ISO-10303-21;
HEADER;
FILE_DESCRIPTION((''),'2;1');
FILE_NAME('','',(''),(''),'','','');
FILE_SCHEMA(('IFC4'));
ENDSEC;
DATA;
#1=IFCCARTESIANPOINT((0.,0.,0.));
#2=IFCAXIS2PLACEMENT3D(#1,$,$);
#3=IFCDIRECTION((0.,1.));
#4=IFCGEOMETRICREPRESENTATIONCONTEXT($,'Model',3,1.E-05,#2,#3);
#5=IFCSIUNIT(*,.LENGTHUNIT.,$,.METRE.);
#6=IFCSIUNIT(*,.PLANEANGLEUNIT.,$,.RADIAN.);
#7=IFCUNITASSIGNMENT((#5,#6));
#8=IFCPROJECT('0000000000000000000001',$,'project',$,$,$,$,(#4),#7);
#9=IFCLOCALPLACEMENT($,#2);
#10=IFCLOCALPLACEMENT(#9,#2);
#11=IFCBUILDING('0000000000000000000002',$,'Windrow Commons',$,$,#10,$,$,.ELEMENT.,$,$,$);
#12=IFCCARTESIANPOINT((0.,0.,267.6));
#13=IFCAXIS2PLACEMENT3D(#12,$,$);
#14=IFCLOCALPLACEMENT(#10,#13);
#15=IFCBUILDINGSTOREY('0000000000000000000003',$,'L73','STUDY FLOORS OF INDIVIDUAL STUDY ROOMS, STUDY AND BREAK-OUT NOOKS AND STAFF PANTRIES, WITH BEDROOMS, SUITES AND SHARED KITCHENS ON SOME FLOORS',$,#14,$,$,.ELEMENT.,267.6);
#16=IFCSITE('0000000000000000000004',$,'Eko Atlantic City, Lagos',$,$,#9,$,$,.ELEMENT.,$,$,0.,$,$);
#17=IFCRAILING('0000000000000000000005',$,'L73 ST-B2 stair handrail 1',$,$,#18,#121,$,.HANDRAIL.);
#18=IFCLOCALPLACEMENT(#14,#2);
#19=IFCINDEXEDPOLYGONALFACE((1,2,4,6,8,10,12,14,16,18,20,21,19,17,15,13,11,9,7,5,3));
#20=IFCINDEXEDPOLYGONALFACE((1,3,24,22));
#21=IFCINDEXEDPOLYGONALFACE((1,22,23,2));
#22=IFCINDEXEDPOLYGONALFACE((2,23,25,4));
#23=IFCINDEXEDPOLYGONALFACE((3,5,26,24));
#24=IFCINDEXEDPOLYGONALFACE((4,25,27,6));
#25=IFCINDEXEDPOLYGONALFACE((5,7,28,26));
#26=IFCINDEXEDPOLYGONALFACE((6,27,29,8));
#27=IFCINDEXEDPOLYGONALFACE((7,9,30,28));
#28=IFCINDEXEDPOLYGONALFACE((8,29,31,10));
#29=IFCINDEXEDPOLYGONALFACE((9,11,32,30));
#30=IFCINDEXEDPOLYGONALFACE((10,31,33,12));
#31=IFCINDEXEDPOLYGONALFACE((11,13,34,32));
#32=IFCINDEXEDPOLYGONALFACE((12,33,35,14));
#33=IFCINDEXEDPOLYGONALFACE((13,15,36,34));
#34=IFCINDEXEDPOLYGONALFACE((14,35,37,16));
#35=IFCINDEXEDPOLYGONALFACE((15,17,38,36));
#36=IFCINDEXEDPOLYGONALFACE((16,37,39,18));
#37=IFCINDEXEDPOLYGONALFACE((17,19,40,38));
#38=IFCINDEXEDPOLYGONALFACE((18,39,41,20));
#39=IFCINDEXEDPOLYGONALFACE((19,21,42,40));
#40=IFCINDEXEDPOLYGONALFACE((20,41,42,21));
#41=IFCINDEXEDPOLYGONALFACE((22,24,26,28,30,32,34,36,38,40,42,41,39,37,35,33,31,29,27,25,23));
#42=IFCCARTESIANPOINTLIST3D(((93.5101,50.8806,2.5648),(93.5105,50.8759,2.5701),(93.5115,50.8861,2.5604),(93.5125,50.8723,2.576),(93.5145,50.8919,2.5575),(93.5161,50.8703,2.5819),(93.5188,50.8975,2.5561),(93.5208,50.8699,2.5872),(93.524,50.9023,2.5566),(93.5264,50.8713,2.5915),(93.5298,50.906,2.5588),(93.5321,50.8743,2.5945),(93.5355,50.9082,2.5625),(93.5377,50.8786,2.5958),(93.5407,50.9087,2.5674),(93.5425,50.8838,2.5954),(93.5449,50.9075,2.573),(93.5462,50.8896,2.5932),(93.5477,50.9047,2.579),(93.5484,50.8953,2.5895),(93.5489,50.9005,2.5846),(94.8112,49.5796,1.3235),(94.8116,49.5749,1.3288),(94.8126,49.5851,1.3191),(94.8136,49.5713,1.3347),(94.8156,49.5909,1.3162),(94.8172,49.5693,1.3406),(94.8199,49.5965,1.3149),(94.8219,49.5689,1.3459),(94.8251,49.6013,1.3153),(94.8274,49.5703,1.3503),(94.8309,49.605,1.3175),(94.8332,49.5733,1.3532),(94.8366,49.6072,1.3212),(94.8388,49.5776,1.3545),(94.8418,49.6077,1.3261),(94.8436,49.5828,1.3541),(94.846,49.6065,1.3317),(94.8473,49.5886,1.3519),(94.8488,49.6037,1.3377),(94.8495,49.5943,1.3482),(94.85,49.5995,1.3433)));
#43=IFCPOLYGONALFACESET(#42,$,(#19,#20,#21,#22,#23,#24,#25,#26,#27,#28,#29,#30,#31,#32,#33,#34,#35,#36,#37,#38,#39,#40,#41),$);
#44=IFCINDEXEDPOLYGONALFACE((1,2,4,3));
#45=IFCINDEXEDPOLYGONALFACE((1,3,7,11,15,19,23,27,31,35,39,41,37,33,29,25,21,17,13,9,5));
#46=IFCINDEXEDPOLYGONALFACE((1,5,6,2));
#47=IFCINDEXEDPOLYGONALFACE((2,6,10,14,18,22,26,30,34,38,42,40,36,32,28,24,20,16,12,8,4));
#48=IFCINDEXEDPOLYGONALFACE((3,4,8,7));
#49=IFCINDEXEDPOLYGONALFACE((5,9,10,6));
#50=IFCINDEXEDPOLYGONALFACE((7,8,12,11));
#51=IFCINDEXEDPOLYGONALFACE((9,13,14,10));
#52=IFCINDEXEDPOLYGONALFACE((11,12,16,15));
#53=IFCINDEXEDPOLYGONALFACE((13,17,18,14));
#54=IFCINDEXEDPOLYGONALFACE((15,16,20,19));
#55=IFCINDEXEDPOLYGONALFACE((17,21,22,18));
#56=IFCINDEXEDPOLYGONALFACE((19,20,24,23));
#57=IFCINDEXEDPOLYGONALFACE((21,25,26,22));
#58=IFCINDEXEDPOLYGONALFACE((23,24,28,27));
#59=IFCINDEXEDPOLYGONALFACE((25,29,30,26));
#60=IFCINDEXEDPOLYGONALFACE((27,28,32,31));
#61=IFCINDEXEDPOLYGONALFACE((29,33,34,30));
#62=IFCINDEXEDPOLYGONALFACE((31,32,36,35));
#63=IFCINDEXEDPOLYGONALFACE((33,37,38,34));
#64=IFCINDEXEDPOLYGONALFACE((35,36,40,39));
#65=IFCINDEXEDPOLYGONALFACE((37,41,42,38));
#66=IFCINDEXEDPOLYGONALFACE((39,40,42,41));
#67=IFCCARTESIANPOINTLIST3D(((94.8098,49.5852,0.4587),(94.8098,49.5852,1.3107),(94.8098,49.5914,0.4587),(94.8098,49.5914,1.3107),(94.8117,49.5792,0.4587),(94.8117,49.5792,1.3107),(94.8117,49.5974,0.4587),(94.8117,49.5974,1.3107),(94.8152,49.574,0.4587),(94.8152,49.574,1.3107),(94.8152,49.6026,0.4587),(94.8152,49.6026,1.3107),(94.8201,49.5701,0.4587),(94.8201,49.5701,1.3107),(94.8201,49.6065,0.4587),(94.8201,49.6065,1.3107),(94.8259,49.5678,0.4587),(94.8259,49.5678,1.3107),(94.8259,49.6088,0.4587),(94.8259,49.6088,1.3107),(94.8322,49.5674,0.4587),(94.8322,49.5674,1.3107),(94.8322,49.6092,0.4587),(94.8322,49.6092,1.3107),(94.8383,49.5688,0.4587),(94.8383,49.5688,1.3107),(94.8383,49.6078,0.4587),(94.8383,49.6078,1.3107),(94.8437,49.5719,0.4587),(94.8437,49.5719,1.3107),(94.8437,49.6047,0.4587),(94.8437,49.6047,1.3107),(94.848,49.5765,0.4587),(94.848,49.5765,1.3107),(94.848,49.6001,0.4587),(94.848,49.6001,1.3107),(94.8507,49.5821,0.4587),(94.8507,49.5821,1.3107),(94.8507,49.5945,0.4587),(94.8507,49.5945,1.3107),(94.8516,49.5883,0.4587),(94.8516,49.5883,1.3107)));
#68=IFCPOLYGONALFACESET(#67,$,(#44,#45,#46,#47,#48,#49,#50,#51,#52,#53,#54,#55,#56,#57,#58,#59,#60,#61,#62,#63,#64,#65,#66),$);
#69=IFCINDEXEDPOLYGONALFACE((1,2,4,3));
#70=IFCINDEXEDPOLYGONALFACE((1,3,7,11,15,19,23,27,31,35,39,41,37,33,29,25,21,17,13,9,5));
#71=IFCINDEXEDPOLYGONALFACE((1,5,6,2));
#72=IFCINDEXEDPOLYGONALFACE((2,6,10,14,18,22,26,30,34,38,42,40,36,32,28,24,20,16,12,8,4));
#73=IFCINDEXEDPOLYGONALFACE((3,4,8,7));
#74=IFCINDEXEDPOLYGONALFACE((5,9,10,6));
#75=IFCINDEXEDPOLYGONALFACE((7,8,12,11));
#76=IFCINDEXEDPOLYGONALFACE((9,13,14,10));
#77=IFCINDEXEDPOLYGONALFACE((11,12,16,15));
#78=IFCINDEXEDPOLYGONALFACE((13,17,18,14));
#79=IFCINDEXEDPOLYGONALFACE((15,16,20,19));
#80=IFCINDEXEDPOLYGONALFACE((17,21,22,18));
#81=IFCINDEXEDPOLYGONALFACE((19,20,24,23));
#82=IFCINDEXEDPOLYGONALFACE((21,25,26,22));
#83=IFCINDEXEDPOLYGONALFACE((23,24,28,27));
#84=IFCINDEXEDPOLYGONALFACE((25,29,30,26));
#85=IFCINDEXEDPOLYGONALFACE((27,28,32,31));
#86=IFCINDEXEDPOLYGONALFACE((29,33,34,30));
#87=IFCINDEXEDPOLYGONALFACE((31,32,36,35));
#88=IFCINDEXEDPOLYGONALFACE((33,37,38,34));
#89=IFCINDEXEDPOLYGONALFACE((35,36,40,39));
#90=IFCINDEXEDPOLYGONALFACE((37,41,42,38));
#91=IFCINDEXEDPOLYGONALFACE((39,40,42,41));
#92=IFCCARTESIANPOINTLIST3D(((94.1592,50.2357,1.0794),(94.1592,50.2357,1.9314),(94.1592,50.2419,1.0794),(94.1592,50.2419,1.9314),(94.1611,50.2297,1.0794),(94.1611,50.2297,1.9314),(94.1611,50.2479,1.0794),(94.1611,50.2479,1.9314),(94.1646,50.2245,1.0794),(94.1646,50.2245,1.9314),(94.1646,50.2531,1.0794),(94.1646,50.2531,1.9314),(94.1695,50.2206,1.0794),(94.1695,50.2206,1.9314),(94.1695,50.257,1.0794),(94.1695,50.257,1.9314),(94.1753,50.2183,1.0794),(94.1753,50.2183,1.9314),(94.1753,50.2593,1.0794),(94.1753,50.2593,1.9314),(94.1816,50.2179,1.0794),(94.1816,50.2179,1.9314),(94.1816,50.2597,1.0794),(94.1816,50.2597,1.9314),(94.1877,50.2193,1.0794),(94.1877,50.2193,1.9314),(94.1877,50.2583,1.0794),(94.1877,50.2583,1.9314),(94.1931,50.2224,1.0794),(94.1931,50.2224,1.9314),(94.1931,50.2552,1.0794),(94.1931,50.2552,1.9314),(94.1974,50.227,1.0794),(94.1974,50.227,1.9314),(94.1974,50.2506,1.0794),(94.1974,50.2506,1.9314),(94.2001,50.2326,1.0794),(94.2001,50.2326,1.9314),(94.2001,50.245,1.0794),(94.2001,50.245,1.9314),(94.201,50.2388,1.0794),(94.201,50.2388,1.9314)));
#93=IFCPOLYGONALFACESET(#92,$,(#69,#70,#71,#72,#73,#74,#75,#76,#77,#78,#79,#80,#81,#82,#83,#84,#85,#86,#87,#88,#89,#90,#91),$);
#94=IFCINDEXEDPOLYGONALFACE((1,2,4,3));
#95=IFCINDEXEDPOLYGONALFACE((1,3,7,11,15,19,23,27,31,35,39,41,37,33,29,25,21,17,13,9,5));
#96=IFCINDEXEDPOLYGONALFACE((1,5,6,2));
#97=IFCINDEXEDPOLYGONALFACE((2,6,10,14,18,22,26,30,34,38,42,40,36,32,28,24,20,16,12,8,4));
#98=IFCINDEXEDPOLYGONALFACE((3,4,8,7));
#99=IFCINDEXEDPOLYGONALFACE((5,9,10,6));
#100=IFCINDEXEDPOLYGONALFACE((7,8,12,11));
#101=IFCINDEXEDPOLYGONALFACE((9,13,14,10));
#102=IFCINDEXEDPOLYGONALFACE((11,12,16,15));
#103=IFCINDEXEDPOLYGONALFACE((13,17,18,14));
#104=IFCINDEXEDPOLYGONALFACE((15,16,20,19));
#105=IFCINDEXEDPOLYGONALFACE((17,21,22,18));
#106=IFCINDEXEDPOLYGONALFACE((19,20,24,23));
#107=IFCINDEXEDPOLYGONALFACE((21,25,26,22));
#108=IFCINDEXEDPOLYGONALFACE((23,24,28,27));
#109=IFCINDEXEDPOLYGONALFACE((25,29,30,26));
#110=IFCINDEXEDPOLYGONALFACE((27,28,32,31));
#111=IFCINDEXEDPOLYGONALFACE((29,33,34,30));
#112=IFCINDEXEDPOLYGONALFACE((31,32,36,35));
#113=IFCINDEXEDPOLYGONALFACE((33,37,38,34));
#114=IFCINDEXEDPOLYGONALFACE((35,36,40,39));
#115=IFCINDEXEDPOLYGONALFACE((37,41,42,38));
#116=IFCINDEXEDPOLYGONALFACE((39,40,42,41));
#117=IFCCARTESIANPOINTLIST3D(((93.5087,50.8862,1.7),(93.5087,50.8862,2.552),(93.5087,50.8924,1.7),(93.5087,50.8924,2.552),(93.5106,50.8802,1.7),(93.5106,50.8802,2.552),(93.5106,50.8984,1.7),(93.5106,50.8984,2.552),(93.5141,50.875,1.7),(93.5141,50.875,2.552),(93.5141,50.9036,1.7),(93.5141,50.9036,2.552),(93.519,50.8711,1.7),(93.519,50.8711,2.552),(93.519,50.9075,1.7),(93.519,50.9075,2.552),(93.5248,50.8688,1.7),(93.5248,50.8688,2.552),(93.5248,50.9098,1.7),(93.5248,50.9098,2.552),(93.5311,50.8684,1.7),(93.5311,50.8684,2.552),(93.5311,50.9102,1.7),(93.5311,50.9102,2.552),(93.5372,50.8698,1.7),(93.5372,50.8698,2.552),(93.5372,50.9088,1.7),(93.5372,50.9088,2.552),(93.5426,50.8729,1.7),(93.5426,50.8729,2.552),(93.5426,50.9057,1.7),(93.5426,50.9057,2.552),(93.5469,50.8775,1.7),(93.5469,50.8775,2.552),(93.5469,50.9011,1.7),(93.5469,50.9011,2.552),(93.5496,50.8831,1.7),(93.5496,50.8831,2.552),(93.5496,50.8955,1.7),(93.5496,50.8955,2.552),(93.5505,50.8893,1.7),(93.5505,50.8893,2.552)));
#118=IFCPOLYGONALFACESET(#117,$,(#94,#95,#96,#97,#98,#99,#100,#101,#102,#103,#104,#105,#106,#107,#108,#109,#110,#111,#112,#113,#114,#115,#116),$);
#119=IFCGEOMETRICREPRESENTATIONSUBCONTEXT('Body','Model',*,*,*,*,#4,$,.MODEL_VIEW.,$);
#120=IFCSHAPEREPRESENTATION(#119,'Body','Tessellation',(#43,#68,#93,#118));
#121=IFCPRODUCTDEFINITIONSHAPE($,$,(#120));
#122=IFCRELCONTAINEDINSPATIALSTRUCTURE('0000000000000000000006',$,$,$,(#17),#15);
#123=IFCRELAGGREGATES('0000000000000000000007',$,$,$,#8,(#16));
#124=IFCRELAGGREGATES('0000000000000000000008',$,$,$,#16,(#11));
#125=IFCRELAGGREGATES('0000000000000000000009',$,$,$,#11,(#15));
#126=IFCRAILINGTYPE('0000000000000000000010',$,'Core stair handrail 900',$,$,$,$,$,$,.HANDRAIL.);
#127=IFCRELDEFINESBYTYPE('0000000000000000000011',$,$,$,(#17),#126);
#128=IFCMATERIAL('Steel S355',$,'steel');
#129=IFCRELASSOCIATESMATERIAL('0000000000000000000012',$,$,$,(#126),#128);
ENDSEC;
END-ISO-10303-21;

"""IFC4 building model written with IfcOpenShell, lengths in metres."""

from ifc_helpers import new_model, si_unit, direction, frame, origin, origin_2d, place, context, subcontext, project, spatial, circle, extrude, material, type_object, element, save


model = new_model("IFC4")

# Units and contexts
model_context = context("Model", 3, precision=1e-05, world=origin(), true_north=direction((0.0, 1.0)))
body_context = subcontext(model_context, "Body", "Model", "MODEL_VIEW")
ifc_project = project(units=[si_unit("LENGTHUNIT", "METRE"), si_unit("PLANEANGLEUNIT", "RADIAN")], contexts=[model_context])

# Site, building, storey
site_placement = place(None, origin())
site = spatial("IfcSite", under=ifc_project, at=site_placement, Name="Eko Atlantic City, Lagos", CompositionType="ELEMENT", RefElevation=0.0)
building_placement = place(site_placement, origin())
building = spatial("IfcBuilding", under=site, at=building_placement, Name="Windrow Commons", CompositionType="ELEMENT")
storey_placement = place(building_placement, frame((0.0, 0.0, 267.6)))
storey = spatial("IfcBuildingStorey", under=building, at=storey_placement, Name="L73", Description="STUDY FLOORS OF INDIVIDUAL STUDY ROOMS, STUDY AND BREAK-OUT NOOKS AND STAFF PANTRIES, WITH BEDROOMS, SUITES AND SHARED KITCHENS ON SOME FLOORS", CompositionType="ELEMENT", Elevation=267.6)

# Railing
ifc_material_1 = material(Name="Steel S355", Category="steel")
railing_type_1 = type_object("IfcRailingType", Name="Core stair handrail 900", PredefinedType="HANDRAIL", material=ifc_material_1)
railing_1_placement = place(storey_placement, frame((94.8306, 49.5883, 0.4587)))
element("IfcRailing", 1, at=railing_1_placement, inside=storey, type_object=railing_type_1, Name="L73 ST-B2 stair handrail 1", PredefinedType="HANDRAIL", context=body_context, shape_type="SweptSolid", body=[
    extrude(circle(Radius=0.024, at=origin_2d()), frame((0.0, 0.0, 0.876), z_axis=(-0.586207, 0.586162, 0.559264), x_axis=(-0.70708, -0.707134, 0.0)), (0.0, 0.0, 1.0), 2.2195),
    extrude(circle(Radius=0.021, at=origin_2d()), origin(), (0.0, 0.0, 1.0), 0.852),
    extrude(circle(Radius=0.021, at=origin_2d()), frame((-0.6506, 0.6505, 0.6207)), (0.0, 0.0, 1.0), 0.852),
    extrude(circle(Radius=0.021, at=origin_2d()), frame((-1.3011, 1.301, 1.2413)), (0.0, 0.0, 1.0), 0.852),
])

save(model, "model.ifc")
